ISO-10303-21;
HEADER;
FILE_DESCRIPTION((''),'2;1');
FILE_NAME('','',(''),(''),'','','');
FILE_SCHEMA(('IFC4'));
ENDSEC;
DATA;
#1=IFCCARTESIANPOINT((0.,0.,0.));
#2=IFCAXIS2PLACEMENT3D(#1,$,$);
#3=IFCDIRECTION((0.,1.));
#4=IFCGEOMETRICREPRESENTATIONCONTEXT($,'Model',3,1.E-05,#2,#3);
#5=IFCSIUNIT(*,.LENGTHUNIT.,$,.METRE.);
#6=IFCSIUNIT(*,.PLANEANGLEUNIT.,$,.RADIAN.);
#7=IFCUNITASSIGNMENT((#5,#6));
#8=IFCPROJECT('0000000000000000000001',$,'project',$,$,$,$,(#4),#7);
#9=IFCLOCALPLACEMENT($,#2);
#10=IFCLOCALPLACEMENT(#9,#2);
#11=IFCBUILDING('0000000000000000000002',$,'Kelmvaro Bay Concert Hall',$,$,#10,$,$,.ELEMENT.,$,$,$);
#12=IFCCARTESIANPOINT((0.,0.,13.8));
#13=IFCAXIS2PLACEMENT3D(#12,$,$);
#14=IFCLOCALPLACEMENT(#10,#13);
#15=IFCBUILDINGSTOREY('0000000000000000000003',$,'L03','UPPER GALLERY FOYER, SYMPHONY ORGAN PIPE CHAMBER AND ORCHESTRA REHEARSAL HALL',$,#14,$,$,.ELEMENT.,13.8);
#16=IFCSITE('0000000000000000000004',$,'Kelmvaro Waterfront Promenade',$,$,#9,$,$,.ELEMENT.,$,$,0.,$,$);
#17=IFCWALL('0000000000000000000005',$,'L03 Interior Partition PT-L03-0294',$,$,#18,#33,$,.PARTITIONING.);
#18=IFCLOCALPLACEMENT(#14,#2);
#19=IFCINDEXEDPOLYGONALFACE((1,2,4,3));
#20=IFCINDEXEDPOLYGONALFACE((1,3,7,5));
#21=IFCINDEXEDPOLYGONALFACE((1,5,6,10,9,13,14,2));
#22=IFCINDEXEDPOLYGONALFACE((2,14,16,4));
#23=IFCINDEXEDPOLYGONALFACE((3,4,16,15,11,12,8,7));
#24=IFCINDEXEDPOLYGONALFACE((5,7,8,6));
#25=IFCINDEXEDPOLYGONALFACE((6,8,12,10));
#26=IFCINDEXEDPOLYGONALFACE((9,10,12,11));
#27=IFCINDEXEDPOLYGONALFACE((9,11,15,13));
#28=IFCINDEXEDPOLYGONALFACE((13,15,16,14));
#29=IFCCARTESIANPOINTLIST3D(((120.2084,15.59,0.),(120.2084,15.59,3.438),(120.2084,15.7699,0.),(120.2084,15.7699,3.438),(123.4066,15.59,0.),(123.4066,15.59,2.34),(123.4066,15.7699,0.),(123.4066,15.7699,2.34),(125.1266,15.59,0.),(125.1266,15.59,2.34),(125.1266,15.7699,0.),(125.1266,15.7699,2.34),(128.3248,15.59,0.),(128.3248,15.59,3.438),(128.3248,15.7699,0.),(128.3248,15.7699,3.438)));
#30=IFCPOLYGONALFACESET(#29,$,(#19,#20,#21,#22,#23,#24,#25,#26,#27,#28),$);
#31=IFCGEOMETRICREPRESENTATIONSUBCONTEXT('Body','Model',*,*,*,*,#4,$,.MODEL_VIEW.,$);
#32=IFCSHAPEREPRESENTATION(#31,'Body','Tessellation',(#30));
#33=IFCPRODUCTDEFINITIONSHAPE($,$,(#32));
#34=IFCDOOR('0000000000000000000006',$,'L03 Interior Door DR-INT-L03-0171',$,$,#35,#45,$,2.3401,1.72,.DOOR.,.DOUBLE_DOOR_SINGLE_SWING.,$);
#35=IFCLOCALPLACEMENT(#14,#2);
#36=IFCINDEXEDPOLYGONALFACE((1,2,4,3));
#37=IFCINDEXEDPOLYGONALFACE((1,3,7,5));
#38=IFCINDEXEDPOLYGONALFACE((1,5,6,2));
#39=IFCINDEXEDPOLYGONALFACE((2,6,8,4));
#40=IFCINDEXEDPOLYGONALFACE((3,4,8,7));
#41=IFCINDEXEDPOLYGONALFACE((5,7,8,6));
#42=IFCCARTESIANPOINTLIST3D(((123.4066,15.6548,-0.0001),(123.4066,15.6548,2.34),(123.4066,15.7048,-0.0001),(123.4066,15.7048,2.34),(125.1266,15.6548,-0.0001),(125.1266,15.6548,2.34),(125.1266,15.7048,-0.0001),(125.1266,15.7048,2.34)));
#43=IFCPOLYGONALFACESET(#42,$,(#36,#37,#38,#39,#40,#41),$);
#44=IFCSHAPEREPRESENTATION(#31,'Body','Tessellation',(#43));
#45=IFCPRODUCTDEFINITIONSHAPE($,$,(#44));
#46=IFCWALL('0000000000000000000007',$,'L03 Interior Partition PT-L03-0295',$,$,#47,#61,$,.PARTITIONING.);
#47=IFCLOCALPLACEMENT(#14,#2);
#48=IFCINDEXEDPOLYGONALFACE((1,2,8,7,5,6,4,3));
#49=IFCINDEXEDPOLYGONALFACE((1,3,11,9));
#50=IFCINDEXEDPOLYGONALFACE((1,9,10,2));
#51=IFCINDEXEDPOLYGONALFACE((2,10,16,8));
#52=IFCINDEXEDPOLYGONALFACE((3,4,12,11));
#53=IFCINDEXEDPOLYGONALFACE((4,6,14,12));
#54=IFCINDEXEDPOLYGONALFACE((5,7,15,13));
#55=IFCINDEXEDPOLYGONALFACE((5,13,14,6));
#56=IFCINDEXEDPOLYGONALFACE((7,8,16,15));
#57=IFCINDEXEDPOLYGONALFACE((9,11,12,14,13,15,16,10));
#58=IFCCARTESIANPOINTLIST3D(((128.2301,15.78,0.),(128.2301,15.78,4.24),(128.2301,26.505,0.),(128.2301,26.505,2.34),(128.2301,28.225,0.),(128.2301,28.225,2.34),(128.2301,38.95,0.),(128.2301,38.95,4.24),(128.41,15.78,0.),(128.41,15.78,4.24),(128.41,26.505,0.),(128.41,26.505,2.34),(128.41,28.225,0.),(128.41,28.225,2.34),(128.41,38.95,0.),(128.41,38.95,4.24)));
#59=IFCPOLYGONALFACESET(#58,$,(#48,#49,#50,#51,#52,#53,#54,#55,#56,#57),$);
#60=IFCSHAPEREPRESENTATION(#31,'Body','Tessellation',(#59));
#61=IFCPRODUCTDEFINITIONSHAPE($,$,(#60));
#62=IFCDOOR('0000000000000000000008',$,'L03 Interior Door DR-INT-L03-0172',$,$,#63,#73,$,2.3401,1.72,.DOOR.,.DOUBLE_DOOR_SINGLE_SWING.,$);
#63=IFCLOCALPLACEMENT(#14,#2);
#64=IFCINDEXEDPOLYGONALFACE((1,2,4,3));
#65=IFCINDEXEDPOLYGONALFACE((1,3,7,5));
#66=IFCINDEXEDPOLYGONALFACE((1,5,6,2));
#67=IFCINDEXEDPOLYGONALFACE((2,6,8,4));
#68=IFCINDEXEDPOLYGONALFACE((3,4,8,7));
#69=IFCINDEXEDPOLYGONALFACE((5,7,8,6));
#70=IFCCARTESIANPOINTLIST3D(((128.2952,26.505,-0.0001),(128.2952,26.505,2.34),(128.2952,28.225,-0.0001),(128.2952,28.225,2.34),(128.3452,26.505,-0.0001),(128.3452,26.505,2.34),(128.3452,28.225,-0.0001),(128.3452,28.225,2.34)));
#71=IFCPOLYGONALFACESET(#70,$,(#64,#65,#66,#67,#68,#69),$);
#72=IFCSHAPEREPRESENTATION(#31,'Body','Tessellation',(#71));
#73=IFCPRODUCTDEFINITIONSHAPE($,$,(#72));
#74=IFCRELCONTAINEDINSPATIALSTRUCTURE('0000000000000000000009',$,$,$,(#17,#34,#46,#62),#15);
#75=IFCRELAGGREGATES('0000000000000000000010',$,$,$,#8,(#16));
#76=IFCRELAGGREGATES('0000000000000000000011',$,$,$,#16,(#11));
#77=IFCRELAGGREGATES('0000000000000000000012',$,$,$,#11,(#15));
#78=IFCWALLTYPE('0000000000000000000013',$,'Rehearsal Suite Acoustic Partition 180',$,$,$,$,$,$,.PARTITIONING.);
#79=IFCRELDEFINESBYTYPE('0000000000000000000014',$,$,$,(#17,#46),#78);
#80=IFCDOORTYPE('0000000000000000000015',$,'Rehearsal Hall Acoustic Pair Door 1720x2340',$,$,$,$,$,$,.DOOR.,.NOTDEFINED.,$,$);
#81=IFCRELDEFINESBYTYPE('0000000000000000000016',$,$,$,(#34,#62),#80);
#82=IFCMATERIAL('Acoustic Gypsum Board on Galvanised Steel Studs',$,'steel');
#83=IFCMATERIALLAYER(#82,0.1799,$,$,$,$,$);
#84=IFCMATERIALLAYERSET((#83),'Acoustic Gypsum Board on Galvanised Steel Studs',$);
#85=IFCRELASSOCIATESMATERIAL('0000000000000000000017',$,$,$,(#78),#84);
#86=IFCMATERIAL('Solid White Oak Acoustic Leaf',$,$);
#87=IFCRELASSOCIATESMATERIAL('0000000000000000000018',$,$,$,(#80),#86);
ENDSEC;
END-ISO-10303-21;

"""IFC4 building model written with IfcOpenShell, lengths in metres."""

from ifc_helpers import new_model, si_unit, direction, frame, frame_2d, origin, place, context, subcontext, project, spatial, rectangle, extrude, material, layer, layer_set, type_object, element, fill, save


model = new_model("IFC4")

# Units and contexts
model_context = context("Model", 3, precision=1e-05, world=origin(), true_north=direction((0.0, 1.0)))
body_context = subcontext(model_context, "Body", "Model", "MODEL_VIEW")
ifc_project = project(units=[si_unit("LENGTHUNIT", "METRE"), si_unit("PLANEANGLEUNIT", "RADIAN")], contexts=[model_context])

# Site, building, storey
site_placement = place(None, origin())
site = spatial("IfcSite", under=ifc_project, at=site_placement, Name="Kelmvaro Waterfront Promenade", CompositionType="ELEMENT", RefElevation=0.0)
building_placement = place(site_placement, origin())
building = spatial("IfcBuilding", under=site, at=building_placement, Name="Kelmvaro Bay Concert Hall", CompositionType="ELEMENT")
storey_placement = place(building_placement, frame((0.0, 0.0, 13.8)))
storey = spatial("IfcBuildingStorey", under=building, at=storey_placement, Name="L03", Description="UPPER GALLERY FOYER, SYMPHONY ORGAN PIPE CHAMBER AND ORCHESTRA REHEARSAL HALL", CompositionType="ELEMENT", Elevation=13.8)

# Walls, openings, doors
ifc_material_1 = material(Name="Acoustic Gypsum Board on Galvanised Steel Studs", Category="steel")
ifc_layer_1 = layer(ifc_material_1, 0.1799)
ifc_layer_set_1 = layer_set([ifc_layer_1], Name="Acoustic Gypsum Board on Galvanised Steel Studs")
wall_type_1 = type_object("IfcWallType", Name="Rehearsal Suite Acoustic Partition 180", PredefinedType="PARTITIONING", material=ifc_layer_set_1)
wall_1_placement = place(storey_placement, frame((120.2085, 15.6799, 0.0), z_axis=(0.0, 0.0, 1.0), x_axis=(1.0, 0.0, 0.0)))
wall_1 = element("IfcWall", 1, at=wall_1_placement, inside=storey, type_object=wall_type_1, Name="L03 Interior Partition PT-L03-0294", PredefinedType="PARTITIONING", context=body_context, shape_type="SweptSolid", body=[
    extrude(rectangle(XDim=8.1165, YDim=0.1799, at=frame_2d((4.0581, 0.0))), origin(), (0.0, 0.0, 1.0), 3.438),
])
opening_1_placement = place(wall_1_placement, frame((3.1982, 0.0, 0.0)))
opening_1 = element("IfcOpeningElement", 2, at=opening_1_placement, cuts=wall_1, PredefinedType="OPENING", context=body_context, shape_type="SweptSolid", body=[
    extrude(rectangle(XDim=1.72, YDim=2.3401, at=frame_2d((0.8599, 1.1699))), frame((0.0, 0.0999, 0.0), z_axis=(0.0, -1.0, 0.0), x_axis=(1.0, 0.0, 0.0)), (0.0, 0.0, 1.0), 0.2),
])
ifc_material_2 = material(Name="Solid White Oak Acoustic Leaf")
door_type_1 = type_object("IfcDoorType", Name="Rehearsal Hall Acoustic Pair Door 1720x2340", OperationType="NOTDEFINED", PredefinedType="DOOR", material=ifc_material_2)
door_1_placement = place(opening_1_placement, origin())
door_1 = element("IfcDoor", 3, at=door_1_placement, inside=storey, type_object=door_type_1, Name="L03 Interior Door DR-INT-L03-0171", OperationType="DOUBLE_DOOR_SINGLE_SWING", OverallHeight=2.3401, OverallWidth=1.72, PredefinedType="DOOR", context=body_context, shape_type="SweptSolid", body=[
    extrude(rectangle(XDim=1.72, YDim=2.3401, at=frame_2d((0.8599, 1.1699))), frame((0.0, 0.0249, 0.0), z_axis=(0.0, -1.0, 0.0), x_axis=(1.0, 0.0, 0.0)), (0.0, 0.0, 1.0), 0.05),
])
fill(opening_1, door_1)
wall_2_placement = place(storey_placement, frame((128.3201, 15.78, 0.0), z_axis=(0.0, 0.0, 1.0), x_axis=(0.0, 1.0, 0.0)))
wall_2 = element("IfcWall", 4, at=wall_2_placement, inside=storey, type_object=wall_type_1, Name="L03 Interior Partition PT-L03-0295", PredefinedType="PARTITIONING", context=body_context, shape_type="SweptSolid", body=[
    extrude(rectangle(XDim=23.1699, YDim=0.1799, at=frame_2d((11.585, 0.0))), origin(), (0.0, 0.0, 1.0), 4.24),
])
opening_2_placement = place(wall_2_placement, frame((10.7251, 0.0, 0.0)))
opening_2 = element("IfcOpeningElement", 5, at=opening_2_placement, cuts=wall_2, PredefinedType="OPENING", context=body_context, shape_type="SweptSolid", body=[
    extrude(rectangle(XDim=1.72, YDim=2.3401, at=frame_2d((0.8599, 1.1699))), frame((0.0, 0.0999, 0.0), z_axis=(0.0, -1.0, 0.0), x_axis=(1.0, 0.0, 0.0)), (0.0, 0.0, 1.0), 0.2),
])
door_2_placement = place(opening_2_placement, origin())
door_2 = element("IfcDoor", 6, at=door_2_placement, inside=storey, type_object=door_type_1, Name="L03 Interior Door DR-INT-L03-0172", OperationType="DOUBLE_DOOR_SINGLE_SWING", OverallHeight=2.3401, OverallWidth=1.72, PredefinedType="DOOR", context=body_context, shape_type="SweptSolid", body=[
    extrude(rectangle(XDim=1.72, YDim=2.3401, at=frame_2d((0.8599, 1.1699))), frame((0.0, 0.0249, 0.0), z_axis=(0.0, -1.0, 0.0), x_axis=(1.0, 0.0, 0.0)), (0.0, 0.0, 1.0), 0.05),
])
fill(opening_2, door_2)

save(model, "model.ifc")
